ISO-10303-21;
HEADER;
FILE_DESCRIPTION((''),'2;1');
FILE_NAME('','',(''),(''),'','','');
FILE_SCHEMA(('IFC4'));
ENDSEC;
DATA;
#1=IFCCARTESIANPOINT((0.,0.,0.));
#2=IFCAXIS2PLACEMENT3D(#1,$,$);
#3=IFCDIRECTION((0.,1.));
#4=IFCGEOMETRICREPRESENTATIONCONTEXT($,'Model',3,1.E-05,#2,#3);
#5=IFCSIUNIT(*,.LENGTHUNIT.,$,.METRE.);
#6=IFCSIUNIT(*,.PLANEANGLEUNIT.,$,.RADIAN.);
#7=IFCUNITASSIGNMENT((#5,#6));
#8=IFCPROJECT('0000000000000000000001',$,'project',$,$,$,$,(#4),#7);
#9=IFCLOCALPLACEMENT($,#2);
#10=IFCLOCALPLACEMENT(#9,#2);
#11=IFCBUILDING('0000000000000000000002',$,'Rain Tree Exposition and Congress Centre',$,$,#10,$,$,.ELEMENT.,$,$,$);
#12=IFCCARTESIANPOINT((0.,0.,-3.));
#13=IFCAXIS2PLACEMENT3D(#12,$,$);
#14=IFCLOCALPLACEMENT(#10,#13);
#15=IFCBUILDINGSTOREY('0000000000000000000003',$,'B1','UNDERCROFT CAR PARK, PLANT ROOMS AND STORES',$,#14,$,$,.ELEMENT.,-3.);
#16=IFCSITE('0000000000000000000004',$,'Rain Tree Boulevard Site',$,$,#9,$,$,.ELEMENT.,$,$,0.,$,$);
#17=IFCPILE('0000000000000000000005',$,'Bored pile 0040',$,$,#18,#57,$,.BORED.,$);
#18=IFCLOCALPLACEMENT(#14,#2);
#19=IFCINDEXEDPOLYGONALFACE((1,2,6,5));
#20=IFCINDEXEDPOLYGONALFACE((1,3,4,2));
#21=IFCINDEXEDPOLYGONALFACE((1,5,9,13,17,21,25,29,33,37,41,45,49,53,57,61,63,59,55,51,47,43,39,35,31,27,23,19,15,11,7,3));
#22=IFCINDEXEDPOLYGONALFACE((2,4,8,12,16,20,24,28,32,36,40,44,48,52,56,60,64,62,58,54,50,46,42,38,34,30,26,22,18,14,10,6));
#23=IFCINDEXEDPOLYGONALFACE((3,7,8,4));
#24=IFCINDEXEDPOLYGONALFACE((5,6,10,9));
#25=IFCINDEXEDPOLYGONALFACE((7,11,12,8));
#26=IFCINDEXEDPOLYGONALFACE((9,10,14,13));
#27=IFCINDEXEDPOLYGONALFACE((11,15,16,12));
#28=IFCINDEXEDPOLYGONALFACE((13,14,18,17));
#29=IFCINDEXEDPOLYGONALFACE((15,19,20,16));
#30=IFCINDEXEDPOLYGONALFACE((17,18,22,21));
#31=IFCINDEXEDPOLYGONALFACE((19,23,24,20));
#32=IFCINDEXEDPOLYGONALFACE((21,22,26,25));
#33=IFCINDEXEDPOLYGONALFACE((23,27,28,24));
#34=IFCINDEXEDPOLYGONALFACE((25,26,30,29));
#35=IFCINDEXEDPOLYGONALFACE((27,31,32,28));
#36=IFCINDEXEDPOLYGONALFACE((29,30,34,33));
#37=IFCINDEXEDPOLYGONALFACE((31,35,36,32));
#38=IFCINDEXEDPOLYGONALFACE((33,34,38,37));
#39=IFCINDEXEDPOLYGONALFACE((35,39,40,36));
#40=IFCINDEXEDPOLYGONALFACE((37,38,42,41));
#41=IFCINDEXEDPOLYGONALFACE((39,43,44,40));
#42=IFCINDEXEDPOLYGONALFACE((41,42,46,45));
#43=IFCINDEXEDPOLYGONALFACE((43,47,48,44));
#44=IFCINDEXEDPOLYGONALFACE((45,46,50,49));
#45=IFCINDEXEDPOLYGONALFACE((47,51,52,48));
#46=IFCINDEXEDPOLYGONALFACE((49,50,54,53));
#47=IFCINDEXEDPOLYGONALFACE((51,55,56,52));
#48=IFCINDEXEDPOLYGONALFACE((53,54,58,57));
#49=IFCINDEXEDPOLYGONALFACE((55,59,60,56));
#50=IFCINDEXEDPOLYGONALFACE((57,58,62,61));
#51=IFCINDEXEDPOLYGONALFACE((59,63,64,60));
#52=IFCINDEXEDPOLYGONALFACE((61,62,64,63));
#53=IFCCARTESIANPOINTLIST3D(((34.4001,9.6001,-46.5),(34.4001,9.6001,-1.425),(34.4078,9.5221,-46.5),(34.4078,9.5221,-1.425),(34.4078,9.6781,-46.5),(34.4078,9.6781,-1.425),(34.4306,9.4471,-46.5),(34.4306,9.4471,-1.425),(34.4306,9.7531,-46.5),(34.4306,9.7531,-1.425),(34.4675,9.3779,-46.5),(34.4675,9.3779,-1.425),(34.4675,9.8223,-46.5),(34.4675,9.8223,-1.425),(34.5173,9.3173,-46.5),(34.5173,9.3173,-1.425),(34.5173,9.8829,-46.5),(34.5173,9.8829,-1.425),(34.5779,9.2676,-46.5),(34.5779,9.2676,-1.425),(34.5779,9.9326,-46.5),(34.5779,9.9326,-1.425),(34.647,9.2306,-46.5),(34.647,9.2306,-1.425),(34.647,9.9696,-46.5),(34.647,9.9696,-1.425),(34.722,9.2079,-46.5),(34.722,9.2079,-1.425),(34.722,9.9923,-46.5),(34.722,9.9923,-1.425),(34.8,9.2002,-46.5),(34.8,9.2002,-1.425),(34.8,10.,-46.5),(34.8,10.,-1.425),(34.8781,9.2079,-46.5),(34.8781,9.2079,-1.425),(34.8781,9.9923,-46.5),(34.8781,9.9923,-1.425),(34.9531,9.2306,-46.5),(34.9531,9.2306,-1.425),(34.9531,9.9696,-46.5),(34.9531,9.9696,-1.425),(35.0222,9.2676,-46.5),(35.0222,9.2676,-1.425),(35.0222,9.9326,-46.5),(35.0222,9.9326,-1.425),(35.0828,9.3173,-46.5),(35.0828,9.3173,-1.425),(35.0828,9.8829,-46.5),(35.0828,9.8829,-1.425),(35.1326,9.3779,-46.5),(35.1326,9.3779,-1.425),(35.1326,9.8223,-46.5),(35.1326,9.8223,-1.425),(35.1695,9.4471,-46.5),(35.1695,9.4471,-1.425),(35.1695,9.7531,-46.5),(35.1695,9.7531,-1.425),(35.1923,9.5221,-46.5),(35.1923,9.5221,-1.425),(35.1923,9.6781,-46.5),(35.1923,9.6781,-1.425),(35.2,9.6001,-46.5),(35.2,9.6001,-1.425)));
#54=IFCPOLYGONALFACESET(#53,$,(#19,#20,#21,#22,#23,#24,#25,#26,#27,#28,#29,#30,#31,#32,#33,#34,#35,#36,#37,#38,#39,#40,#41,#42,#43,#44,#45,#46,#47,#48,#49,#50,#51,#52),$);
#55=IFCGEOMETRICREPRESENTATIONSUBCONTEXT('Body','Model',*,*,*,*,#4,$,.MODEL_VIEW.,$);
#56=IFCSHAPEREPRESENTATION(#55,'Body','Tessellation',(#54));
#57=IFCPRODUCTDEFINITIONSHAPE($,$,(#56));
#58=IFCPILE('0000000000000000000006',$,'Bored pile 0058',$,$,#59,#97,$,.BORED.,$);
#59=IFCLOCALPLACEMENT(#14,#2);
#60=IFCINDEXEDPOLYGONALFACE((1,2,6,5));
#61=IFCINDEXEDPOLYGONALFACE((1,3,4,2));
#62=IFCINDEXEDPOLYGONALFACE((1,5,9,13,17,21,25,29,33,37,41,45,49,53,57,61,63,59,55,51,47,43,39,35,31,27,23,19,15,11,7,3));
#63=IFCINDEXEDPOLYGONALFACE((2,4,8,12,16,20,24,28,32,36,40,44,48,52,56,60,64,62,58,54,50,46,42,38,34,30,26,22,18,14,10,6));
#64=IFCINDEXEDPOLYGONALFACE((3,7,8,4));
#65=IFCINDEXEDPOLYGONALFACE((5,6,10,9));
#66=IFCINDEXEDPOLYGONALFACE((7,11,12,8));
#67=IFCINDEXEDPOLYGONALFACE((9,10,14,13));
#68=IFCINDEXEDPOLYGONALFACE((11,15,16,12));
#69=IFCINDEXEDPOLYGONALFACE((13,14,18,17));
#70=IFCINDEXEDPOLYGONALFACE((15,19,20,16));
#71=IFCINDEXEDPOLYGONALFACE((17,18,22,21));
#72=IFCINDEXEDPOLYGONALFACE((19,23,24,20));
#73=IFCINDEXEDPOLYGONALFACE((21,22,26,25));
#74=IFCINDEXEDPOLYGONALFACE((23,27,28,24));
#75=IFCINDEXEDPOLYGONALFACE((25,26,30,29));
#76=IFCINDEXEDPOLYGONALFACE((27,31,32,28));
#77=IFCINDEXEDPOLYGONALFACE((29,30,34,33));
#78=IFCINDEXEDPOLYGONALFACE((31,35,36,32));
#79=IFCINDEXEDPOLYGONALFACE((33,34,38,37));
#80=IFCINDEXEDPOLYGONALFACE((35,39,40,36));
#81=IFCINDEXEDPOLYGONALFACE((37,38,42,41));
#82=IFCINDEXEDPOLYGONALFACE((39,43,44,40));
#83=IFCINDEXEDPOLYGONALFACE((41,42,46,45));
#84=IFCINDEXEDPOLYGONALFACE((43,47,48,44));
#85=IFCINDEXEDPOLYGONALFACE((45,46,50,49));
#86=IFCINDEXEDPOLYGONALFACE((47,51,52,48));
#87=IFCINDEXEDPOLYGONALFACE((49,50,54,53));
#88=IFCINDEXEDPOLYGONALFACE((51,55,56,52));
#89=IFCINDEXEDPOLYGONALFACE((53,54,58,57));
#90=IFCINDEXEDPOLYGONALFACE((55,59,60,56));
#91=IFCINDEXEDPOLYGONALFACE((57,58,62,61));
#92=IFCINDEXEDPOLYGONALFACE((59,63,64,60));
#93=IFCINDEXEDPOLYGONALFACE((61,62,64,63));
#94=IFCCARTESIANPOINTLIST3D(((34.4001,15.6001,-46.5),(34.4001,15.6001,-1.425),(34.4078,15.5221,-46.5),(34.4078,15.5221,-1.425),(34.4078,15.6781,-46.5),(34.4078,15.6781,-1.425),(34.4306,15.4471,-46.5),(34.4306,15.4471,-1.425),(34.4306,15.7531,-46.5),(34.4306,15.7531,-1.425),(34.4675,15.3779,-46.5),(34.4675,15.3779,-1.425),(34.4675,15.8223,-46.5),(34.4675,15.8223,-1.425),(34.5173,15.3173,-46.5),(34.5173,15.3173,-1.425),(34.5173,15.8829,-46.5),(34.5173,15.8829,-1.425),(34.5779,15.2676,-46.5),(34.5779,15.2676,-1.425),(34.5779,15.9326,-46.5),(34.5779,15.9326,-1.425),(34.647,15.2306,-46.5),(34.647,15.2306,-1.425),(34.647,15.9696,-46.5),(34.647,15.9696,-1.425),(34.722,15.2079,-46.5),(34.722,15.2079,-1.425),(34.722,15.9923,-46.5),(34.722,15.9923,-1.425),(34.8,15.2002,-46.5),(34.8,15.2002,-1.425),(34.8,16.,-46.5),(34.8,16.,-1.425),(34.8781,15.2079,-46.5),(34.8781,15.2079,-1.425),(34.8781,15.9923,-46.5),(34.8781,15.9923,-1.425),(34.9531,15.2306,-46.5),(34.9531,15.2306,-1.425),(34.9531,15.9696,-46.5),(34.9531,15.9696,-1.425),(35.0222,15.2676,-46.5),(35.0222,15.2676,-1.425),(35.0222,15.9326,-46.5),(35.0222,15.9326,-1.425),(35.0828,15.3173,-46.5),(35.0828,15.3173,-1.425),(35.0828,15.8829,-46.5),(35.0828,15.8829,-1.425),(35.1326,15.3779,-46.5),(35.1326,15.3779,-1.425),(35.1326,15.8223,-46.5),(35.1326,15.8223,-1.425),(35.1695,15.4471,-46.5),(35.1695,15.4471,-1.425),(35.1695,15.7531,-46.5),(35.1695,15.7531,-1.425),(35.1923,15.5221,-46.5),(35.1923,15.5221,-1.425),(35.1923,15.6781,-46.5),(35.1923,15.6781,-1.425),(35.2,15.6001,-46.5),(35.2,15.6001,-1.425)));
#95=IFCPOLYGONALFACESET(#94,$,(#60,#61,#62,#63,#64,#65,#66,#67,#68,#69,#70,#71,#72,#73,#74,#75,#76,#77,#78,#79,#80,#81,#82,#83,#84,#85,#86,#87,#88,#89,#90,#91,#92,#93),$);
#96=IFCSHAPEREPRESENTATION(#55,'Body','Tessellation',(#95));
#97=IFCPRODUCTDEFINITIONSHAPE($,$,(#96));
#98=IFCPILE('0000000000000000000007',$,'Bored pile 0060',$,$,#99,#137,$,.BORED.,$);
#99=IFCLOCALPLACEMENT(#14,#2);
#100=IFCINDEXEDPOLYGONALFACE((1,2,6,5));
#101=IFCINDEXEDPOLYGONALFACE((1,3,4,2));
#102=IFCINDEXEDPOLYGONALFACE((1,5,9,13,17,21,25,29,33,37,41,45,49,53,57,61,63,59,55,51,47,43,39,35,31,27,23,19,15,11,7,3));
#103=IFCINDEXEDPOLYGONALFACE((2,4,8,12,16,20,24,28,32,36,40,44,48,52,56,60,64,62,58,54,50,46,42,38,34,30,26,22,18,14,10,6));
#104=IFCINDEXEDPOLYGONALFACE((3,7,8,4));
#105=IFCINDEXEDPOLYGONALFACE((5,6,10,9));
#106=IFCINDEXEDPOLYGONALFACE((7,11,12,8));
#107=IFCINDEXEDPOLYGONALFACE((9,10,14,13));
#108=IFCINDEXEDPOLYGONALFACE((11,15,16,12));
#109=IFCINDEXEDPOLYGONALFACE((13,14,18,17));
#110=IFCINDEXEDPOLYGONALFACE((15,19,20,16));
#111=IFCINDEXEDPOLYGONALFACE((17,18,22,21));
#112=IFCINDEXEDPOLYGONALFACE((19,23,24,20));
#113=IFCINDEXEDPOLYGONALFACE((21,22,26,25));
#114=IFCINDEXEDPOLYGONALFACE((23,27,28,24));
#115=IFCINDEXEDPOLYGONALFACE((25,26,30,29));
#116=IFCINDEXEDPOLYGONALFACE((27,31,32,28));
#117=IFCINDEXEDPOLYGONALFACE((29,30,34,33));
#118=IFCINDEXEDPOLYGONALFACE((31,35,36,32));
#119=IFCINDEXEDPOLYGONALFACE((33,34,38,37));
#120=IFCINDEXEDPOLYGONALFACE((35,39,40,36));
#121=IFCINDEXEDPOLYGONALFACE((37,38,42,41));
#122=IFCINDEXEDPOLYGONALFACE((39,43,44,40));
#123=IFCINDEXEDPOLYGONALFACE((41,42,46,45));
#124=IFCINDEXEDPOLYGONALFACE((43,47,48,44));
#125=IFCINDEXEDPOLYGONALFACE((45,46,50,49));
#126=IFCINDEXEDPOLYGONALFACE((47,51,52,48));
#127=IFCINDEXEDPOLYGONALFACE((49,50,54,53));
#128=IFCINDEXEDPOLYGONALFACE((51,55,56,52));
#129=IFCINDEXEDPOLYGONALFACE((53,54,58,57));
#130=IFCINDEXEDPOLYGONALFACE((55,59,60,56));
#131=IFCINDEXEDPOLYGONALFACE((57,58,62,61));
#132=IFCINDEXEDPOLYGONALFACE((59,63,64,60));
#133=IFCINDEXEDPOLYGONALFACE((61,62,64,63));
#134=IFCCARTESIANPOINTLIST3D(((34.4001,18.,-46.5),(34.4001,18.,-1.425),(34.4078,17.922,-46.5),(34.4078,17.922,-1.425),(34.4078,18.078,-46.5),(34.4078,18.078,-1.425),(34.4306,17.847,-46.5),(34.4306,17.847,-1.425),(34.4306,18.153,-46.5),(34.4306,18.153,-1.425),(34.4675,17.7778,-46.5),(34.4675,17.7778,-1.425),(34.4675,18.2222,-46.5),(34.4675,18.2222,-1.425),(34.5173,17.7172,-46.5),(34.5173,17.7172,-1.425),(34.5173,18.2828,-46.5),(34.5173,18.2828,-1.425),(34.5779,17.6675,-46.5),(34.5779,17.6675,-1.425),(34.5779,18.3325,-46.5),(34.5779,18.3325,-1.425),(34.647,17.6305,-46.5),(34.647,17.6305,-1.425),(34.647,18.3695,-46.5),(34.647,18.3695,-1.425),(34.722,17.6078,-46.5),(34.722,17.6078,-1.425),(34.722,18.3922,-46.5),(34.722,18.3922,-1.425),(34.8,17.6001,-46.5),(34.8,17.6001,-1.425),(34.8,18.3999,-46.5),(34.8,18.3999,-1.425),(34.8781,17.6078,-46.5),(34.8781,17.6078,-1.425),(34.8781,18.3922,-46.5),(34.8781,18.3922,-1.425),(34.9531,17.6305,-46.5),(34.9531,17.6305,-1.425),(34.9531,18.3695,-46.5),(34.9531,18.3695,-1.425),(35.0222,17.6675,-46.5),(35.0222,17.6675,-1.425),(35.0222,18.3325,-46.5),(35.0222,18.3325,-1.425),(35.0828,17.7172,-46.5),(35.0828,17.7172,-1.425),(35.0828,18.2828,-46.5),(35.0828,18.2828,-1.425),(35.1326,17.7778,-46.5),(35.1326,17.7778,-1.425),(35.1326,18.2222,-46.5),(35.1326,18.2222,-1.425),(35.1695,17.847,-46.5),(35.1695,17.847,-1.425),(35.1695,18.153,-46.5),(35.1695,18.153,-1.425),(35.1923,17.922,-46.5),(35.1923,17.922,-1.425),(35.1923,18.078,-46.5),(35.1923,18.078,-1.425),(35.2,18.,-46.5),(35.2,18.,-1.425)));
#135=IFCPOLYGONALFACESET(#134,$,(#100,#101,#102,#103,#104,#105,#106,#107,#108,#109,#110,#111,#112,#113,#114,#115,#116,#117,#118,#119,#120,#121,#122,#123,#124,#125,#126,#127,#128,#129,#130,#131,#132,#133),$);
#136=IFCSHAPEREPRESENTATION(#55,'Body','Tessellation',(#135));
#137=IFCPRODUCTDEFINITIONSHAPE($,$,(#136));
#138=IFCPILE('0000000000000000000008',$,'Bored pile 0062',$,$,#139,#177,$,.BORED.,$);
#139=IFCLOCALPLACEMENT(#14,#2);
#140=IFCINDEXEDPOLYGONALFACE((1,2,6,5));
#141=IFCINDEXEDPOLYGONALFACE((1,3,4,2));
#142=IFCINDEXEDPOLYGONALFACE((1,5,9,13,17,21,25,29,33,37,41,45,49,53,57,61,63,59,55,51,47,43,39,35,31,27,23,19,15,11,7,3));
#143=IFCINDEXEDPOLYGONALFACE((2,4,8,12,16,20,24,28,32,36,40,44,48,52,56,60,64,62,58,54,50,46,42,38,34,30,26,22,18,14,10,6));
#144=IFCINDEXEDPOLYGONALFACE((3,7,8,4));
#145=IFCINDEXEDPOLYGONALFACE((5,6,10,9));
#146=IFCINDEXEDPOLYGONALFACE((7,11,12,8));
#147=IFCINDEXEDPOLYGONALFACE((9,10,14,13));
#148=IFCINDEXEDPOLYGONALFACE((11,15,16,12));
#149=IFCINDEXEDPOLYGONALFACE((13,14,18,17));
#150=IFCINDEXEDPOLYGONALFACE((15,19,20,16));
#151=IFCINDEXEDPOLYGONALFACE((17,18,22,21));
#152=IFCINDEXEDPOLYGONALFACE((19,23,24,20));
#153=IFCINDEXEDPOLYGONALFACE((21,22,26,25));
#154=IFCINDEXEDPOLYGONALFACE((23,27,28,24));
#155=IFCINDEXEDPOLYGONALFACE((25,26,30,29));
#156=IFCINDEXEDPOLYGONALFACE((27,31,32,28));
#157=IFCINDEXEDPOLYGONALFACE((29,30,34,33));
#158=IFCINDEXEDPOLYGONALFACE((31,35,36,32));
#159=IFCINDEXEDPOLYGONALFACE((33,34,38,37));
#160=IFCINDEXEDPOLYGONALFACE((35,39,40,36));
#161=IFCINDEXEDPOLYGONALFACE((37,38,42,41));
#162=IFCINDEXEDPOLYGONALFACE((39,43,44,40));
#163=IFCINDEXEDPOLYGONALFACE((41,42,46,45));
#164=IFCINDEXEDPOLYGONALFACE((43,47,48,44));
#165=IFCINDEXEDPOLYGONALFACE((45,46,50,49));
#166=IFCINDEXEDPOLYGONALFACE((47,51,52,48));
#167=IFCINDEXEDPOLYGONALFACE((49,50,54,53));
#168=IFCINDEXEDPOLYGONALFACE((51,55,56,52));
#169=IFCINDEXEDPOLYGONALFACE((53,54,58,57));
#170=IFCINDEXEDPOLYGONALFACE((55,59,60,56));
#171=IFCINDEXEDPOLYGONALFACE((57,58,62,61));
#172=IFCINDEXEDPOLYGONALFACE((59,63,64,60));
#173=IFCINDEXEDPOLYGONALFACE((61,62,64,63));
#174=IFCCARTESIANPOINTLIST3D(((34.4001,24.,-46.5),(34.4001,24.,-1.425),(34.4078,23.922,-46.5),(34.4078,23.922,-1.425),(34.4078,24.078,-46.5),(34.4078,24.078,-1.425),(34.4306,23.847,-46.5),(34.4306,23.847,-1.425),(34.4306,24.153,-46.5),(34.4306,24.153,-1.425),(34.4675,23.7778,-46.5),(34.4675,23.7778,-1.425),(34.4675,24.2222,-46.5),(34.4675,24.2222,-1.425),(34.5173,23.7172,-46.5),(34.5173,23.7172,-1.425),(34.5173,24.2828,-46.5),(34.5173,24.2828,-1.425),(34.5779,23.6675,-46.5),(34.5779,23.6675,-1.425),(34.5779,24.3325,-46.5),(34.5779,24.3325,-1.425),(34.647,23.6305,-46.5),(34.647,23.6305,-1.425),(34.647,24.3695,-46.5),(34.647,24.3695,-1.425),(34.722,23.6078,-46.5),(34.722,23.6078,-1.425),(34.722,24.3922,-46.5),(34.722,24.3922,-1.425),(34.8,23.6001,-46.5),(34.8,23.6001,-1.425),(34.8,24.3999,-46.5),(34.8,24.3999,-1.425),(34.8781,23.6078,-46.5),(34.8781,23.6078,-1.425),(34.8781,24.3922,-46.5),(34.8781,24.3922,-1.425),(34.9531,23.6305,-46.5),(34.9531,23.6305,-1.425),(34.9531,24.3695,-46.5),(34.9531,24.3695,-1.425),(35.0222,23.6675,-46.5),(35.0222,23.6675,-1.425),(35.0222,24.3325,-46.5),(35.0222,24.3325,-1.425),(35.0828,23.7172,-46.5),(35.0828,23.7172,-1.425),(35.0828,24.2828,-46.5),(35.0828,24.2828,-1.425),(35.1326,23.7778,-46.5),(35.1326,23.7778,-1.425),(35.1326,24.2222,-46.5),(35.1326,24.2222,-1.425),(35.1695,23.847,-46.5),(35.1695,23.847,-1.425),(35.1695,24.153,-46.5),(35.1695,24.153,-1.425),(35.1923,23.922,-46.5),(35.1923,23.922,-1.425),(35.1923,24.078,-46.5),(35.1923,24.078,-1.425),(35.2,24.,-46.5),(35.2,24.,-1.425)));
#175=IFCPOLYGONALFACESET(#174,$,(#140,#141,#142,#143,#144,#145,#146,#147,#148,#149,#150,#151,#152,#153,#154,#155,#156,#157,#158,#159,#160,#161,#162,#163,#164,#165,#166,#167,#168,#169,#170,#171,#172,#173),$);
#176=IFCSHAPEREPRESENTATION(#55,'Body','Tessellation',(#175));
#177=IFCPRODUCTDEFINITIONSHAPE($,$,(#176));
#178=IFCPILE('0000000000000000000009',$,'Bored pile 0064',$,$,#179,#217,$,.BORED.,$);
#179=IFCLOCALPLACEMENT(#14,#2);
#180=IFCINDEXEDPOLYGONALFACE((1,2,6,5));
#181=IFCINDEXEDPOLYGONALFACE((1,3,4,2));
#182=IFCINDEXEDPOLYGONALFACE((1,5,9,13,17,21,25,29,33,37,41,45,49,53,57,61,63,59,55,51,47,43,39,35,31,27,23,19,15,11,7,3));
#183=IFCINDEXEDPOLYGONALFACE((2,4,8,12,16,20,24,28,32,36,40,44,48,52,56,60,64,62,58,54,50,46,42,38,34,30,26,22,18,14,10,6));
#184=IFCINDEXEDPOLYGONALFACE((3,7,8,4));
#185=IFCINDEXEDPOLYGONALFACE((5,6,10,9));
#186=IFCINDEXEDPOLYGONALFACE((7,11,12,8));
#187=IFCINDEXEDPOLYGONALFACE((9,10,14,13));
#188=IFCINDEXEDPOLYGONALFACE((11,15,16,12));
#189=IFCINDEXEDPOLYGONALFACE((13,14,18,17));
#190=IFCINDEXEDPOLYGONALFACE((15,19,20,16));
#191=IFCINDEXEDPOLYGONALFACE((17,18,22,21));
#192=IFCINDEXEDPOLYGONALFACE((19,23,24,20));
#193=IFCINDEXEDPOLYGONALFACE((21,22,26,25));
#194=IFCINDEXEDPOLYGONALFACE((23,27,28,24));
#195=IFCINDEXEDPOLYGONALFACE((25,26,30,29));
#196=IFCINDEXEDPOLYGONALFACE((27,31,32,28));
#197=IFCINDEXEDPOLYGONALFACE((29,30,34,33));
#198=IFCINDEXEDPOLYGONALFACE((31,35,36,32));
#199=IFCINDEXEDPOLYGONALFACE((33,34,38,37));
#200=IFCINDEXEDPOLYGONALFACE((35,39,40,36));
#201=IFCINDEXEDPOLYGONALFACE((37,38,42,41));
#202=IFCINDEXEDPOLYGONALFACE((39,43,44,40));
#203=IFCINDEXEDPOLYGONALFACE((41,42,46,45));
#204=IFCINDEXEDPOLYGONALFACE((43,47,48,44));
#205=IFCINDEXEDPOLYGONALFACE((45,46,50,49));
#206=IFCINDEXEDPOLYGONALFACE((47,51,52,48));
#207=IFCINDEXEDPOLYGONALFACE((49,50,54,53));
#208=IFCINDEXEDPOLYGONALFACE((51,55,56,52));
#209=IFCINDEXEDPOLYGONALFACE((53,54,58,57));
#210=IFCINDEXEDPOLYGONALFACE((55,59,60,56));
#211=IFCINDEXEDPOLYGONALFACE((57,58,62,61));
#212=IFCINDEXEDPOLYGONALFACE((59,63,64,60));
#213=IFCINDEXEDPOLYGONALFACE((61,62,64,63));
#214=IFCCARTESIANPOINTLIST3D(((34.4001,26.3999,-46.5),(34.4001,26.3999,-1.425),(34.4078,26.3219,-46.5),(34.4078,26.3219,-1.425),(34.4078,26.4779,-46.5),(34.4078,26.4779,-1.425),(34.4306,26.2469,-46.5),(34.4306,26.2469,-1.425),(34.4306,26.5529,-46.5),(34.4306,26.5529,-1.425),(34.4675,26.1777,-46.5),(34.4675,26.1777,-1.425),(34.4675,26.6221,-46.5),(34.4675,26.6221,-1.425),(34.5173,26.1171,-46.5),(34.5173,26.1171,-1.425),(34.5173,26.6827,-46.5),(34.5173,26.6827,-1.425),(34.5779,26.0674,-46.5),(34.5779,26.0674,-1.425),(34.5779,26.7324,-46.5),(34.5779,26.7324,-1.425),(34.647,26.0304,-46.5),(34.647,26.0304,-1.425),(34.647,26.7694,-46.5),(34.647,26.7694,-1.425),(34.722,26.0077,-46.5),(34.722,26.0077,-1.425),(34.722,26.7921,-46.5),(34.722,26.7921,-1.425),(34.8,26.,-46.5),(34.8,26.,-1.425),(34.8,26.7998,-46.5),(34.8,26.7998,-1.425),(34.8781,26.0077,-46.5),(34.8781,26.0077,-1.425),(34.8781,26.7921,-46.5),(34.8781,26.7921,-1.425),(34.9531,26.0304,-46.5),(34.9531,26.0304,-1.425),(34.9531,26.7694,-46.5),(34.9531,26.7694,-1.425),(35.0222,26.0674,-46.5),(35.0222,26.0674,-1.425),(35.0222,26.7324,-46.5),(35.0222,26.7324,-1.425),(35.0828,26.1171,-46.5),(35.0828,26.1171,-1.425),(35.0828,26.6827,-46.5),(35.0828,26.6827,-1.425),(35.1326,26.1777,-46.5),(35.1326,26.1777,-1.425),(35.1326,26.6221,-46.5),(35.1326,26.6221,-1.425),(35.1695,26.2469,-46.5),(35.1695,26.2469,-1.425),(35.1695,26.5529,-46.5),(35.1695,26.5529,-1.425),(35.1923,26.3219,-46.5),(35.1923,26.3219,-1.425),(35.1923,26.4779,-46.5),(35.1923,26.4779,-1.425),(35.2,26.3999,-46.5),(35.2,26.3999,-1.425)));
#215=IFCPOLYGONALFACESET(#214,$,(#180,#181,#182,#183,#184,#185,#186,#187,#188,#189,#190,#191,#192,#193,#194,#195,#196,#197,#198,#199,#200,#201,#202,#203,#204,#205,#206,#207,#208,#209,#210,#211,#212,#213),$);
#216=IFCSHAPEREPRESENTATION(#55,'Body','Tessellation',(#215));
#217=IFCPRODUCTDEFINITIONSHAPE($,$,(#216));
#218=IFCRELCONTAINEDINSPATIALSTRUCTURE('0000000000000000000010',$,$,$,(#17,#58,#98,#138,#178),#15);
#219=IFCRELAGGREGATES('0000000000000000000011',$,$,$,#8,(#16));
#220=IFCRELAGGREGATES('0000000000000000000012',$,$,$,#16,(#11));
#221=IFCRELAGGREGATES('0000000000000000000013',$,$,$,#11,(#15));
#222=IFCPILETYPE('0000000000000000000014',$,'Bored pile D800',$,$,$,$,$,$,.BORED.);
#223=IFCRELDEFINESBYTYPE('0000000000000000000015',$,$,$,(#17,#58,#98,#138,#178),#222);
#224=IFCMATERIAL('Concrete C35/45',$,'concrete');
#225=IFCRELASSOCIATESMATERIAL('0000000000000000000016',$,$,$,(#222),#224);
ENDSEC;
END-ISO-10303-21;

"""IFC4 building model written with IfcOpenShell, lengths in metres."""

from ifc_helpers import new_model, si_unit, direction, frame, origin, origin_2d, place, context, subcontext, project, spatial, circle, extrude, material, material_profile, profile_set, type_object, element, save


model = new_model("IFC4")

# Units and contexts
model_context = context("Model", 3, precision=1e-05, world=origin(), true_north=direction((0.0, 1.0)))
body_context = subcontext(model_context, "Body", "Model", "MODEL_VIEW")
ifc_project = project(units=[si_unit("LENGTHUNIT", "METRE"), si_unit("PLANEANGLEUNIT", "RADIAN")], contexts=[model_context])

# Site, building, storey
site_placement = place(None, origin())
site = spatial("IfcSite", under=ifc_project, at=site_placement, Name="Rain Tree Boulevard Site", CompositionType="ELEMENT", RefElevation=0.0)
building_placement = place(site_placement, origin())
building = spatial("IfcBuilding", under=site, at=building_placement, Name="Rain Tree Exposition and Congress Centre", CompositionType="ELEMENT")
storey_placement = place(building_placement, frame((0.0, 0.0, -3.0)))
storey = spatial("IfcBuildingStorey", under=building, at=storey_placement, Name="B1", Description="UNDERCROFT CAR PARK, PLANT ROOMS AND STORES", CompositionType="ELEMENT", Elevation=-3.0)

# Piles
ifc_material_1 = material(Name="Concrete C35/45", Category="concrete")
ifc_material_profile_1 = material_profile(ifc_material_1, circle(Radius=0.3999, at=origin_2d()), Name="D800")
ifc_profile_set_1 = profile_set([ifc_material_profile_1], Name="Concrete C35/45")
pile_type = type_object("IfcPileType", Name="Bored pile D800", PredefinedType="BORED", material=ifc_profile_set_1)
for number, where, z_axis, x_axis, name in (
    (1, (34.8, 9.6001, -1.425), (0.0, 0.0, -1.0), (1.0, 0.0, 0.0), "Bored pile 0040"),
    (2, (34.8, 15.6001, -1.425), (0.0, 0.0, -1.0), (1.0, 0.0, 0.0), "Bored pile 0058"),
    (3, (34.8, 18.0, -1.425), (0.0, 0.0, -1.0), (1.0, 0.0, 0.0), "Bored pile 0060"),
    (4, (34.8, 24.0, -1.425), (0.0, 0.0, -1.0), (1.0, 0.0, 0.0), "Bored pile 0062"),
    (5, (34.8, 26.3999, -1.425), (0.0, 0.0, -1.0), (1.0, 0.0, 0.0), "Bored pile 0064"),
):
    element("IfcPile", number, at=place(storey_placement, frame(where, z_axis=z_axis, x_axis=x_axis)), inside=storey, type_object=pile_type, Name=name, PredefinedType="BORED", context=body_context, shape_type="SweptSolid", body=[
        extrude(circle(Radius=0.3999, at=origin_2d()), origin(), (0.0, 0.0, 1.0), 45.075),
    ])

save(model, "model.ifc")
